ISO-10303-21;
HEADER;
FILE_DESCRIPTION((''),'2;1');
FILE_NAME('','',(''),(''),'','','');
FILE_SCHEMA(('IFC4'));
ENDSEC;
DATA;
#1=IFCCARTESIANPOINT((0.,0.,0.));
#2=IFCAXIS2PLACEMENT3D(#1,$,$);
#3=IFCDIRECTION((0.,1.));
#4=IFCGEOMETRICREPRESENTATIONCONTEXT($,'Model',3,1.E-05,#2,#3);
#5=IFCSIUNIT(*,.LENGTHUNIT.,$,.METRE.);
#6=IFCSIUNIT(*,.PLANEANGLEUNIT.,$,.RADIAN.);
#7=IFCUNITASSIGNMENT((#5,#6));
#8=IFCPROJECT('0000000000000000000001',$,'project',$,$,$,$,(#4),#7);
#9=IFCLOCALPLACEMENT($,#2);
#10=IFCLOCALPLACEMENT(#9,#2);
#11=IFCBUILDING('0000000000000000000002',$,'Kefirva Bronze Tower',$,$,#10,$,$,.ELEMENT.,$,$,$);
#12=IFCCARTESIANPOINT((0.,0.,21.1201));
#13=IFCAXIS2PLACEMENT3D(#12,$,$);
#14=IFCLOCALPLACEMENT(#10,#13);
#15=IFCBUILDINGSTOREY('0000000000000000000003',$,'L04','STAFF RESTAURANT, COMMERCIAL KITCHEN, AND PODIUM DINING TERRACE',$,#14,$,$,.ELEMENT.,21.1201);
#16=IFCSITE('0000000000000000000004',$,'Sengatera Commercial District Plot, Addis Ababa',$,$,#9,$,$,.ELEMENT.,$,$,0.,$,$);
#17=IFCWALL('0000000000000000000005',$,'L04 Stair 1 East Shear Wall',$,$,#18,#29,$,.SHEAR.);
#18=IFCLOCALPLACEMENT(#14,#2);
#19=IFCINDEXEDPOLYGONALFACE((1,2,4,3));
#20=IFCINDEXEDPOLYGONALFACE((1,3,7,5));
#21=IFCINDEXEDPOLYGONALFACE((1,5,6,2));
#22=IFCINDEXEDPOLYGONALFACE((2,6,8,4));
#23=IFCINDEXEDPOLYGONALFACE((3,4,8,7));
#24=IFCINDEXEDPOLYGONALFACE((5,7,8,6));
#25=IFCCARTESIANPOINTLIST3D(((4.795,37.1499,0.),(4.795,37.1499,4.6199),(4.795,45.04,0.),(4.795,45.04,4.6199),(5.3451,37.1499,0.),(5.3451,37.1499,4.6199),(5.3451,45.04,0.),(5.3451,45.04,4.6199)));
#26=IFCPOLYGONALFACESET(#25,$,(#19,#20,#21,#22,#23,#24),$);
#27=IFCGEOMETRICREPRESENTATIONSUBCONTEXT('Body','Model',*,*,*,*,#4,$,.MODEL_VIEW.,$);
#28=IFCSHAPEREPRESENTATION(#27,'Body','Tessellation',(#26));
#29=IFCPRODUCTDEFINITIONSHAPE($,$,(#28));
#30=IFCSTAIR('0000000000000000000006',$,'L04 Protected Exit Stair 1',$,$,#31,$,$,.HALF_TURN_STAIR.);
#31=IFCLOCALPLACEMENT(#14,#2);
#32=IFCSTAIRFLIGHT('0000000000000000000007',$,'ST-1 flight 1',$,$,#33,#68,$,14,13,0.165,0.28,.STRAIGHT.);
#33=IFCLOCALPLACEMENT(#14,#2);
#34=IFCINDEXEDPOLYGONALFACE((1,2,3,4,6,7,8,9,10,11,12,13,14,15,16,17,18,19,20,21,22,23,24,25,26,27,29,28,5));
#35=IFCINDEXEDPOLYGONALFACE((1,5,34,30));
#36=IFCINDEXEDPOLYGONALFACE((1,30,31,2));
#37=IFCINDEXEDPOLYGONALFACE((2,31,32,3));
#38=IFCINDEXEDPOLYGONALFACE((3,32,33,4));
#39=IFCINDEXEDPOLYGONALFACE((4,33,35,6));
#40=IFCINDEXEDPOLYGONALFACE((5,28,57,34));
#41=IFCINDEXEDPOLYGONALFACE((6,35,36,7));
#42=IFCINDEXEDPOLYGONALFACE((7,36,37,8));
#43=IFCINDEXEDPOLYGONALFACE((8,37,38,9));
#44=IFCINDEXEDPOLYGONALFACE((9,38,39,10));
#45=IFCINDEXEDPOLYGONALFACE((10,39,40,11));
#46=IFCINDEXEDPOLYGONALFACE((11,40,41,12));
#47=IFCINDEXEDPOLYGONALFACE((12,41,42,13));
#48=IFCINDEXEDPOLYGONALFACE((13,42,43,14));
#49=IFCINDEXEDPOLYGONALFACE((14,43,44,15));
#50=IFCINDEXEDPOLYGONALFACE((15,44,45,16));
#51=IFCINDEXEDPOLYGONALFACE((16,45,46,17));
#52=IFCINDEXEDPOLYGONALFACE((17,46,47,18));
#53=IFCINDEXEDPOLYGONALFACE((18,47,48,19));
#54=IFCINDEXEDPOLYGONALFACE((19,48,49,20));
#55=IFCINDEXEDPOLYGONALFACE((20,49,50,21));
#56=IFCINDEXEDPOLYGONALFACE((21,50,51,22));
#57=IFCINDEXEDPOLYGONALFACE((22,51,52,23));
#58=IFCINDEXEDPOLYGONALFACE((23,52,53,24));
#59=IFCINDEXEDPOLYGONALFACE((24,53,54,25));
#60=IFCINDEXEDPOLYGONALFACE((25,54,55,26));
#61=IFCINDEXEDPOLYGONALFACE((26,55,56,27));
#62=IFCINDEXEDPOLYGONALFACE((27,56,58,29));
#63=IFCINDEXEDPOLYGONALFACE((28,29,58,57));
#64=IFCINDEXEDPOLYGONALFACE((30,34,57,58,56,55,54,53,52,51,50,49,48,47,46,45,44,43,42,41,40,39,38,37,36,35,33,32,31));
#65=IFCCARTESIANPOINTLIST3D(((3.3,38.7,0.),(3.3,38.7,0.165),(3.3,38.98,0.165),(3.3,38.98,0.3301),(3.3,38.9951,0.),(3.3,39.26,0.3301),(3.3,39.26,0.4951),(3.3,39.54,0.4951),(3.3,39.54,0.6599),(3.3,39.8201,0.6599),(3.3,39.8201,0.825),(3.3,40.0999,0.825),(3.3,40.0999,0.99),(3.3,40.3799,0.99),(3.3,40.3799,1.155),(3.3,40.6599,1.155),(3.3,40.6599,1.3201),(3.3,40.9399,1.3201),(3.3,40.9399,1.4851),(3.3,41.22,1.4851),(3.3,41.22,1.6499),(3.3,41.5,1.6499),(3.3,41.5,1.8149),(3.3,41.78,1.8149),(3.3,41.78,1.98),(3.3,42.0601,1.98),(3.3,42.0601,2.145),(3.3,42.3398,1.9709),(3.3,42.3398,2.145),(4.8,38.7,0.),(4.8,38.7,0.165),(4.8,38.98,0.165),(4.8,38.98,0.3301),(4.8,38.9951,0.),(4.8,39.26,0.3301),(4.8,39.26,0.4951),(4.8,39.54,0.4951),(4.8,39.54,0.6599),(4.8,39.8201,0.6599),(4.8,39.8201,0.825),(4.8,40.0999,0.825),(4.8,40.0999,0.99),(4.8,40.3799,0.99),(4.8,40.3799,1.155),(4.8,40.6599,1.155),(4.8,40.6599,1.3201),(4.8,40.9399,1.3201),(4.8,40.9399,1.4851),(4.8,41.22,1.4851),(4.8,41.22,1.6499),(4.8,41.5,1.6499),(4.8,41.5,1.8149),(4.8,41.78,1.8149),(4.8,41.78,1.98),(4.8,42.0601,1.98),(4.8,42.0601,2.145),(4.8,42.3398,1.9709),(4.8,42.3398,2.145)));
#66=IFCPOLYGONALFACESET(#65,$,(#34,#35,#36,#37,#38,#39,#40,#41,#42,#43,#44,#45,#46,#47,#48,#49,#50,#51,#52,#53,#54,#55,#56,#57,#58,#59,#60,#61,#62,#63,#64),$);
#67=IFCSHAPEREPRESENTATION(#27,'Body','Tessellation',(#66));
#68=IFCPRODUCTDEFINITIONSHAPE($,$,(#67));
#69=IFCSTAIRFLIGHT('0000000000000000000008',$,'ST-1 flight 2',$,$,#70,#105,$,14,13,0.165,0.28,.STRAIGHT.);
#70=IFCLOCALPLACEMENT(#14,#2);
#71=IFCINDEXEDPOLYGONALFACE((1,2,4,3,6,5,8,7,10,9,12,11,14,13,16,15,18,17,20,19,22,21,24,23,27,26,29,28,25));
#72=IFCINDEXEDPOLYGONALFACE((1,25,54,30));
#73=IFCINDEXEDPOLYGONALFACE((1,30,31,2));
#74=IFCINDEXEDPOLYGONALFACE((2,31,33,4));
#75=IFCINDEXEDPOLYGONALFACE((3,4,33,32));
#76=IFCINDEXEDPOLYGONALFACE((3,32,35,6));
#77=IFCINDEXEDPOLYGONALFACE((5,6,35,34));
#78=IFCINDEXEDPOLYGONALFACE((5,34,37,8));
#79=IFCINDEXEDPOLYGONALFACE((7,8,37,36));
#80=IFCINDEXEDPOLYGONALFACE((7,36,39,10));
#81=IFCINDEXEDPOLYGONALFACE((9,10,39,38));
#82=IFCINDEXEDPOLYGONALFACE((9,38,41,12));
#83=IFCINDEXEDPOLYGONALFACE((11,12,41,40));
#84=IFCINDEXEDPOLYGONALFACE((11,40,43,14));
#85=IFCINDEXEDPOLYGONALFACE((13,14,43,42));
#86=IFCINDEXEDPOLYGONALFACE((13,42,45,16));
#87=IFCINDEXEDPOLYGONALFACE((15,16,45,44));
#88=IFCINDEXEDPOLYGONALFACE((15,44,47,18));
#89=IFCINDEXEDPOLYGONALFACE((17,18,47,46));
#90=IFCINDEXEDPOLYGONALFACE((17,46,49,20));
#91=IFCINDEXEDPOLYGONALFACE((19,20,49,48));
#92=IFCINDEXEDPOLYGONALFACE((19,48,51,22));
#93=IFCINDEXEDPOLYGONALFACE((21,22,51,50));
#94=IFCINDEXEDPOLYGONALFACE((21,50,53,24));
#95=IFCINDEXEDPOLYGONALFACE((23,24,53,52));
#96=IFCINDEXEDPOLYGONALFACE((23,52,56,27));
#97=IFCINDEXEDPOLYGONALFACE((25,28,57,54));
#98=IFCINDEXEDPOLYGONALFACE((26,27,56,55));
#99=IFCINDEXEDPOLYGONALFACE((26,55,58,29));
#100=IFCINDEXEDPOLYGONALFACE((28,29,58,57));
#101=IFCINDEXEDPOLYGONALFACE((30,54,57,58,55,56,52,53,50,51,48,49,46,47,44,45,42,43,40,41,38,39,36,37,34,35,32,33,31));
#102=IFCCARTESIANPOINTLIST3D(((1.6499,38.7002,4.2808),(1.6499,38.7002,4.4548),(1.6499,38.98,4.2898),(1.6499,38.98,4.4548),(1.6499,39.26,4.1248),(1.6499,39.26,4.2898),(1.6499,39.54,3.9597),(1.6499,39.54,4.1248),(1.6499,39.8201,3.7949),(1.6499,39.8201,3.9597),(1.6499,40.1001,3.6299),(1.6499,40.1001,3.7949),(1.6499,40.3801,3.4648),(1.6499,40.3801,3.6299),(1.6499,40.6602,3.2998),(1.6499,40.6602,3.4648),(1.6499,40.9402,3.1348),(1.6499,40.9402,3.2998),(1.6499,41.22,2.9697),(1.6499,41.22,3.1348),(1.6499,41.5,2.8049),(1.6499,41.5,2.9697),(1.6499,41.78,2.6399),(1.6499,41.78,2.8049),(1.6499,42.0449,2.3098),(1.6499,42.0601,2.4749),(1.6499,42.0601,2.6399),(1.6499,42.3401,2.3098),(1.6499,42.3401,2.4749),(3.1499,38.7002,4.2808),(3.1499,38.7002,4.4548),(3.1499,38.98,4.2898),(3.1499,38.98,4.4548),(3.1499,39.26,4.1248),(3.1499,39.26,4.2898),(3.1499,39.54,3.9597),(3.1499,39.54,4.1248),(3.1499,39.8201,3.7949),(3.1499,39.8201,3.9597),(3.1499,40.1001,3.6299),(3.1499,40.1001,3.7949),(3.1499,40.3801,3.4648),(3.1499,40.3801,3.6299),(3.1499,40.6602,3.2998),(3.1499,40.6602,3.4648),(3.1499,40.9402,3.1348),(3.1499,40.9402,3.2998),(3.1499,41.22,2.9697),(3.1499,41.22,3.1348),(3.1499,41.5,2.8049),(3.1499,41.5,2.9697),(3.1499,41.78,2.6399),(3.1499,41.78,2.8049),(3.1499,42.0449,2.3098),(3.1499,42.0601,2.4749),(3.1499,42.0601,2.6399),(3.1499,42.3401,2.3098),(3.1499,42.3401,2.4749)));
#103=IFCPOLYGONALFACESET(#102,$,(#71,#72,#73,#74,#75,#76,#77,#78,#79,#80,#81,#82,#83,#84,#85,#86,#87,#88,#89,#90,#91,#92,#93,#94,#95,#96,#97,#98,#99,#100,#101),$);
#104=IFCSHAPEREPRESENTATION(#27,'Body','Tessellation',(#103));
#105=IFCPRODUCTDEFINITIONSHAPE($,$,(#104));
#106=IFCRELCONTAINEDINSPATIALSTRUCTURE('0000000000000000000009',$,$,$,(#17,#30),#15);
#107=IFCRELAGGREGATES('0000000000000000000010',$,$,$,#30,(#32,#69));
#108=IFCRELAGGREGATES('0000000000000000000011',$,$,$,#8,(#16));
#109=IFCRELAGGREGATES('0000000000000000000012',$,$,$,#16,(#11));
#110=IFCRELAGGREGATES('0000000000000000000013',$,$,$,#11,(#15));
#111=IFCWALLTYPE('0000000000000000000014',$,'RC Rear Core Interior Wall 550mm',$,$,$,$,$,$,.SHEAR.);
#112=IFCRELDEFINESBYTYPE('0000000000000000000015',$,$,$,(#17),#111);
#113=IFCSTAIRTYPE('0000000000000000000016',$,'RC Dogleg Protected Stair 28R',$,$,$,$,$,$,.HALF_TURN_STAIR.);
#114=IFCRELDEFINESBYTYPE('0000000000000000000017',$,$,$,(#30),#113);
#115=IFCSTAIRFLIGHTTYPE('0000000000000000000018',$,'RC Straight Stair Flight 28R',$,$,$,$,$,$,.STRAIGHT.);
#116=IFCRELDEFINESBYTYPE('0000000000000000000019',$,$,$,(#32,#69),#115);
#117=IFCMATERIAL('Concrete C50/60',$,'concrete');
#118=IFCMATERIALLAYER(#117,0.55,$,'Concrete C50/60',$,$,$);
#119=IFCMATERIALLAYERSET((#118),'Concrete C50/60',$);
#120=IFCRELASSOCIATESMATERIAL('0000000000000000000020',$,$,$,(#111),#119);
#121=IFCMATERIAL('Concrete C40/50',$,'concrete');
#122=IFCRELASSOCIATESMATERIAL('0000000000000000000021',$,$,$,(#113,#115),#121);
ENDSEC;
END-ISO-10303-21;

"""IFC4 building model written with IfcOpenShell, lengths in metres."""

from ifc_helpers import new_model, si_unit, direction, frame, frame_2d, origin, place, context, subcontext, project, spatial, polyline, rectangle, outline, extrude, material, layer, layer_set, type_object, element, aggregate, save


model = new_model("IFC4")

# Units and contexts
model_context = context("Model", 3, precision=1e-05, world=origin(), true_north=direction((0.0, 1.0)))
body_context = subcontext(model_context, "Body", "Model", "MODEL_VIEW")
ifc_project = project(units=[si_unit("LENGTHUNIT", "METRE"), si_unit("PLANEANGLEUNIT", "RADIAN")], contexts=[model_context])

# Site, building, storey
site_placement = place(None, origin())
site = spatial("IfcSite", under=ifc_project, at=site_placement, Name="Sengatera Commercial District Plot, Addis Ababa", CompositionType="ELEMENT", RefElevation=0.0)
building_placement = place(site_placement, origin())
building = spatial("IfcBuilding", under=site, at=building_placement, Name="Kefirva Bronze Tower", CompositionType="ELEMENT")
storey_placement = place(building_placement, frame((0.0, 0.0, 21.1201)))
storey = spatial("IfcBuildingStorey", under=building, at=storey_placement, Name="L04", Description="STAFF RESTAURANT, COMMERCIAL KITCHEN, AND PODIUM DINING TERRACE", CompositionType="ELEMENT", Elevation=21.1201)

# Shared definitions
ifc_material_1 = material(Name="Concrete C50/60", Category="concrete")

# Wall
ifc_layer_1 = layer(ifc_material_1, 0.55, Name="Concrete C50/60")
ifc_layer_set_1 = layer_set([ifc_layer_1], Name="Concrete C50/60")
wall_type_1 = type_object("IfcWallType", Name="RC Rear Core Interior Wall 550mm", PredefinedType="SHEAR", material=ifc_layer_set_1)
for number, where, z_axis, x_axis, name in (
    (1, (5.0701, 37.1499, 0.0), (0.0, 0.0, 1.0), (0.0, 1.0, 0.0), "L04 Stair 1 East Shear Wall"),
):
    element("IfcWall", number, at=place(storey_placement, frame(where, z_axis=z_axis, x_axis=x_axis)), inside=storey, type_object=wall_type_1, Name=name, PredefinedType="SHEAR", context=body_context, shape_type="SweptSolid", body=[
        extrude(rectangle(XDim=7.8901, YDim=0.55, at=frame_2d((3.9451, 0.0))), origin(), (0.0, 0.0, 1.0), 4.6199),
    ])

# Stair, stair flights
ifc_material_2 = material(Name="Concrete C40/50", Category="concrete")
stair_type = type_object("IfcStairType", Name="RC Dogleg Protected Stair 28R", PredefinedType="HALF_TURN_STAIR", material=ifc_material_2)
stair_placement = place(storey_placement, origin())
stair = element("IfcStair", 2, at=stair_placement, inside=storey, type_object=stair_type, Name="L04 Protected Exit Stair 1", PredefinedType="HALF_TURN_STAIR")
stair_flight_type = type_object("IfcStairFlightType", Name="RC Straight Stair Flight 28R", PredefinedType="STRAIGHT", material=ifc_material_2)
stair_flight_1_placement = place(storey_placement, frame((4.05, 38.7, 0.0), z_axis=(0.0, 0.0, 1.0), x_axis=(0.0, 1.0, 0.0)))
stair_flight_1 = element("IfcStairFlight", 3, at=stair_flight_1_placement, type_object=stair_flight_type, Name="ST-1 flight 1", NumberOfRisers=14, NumberOfTreads=13, PredefinedType="STRAIGHT", RiserHeight=0.165, TreadLength=0.28, context=body_context, shape_type="SweptSolid", body=[
    extrude(outline(polyline([(0.0, 0.0), (0.0, 0.165), (0.28, 0.165), (0.28, 0.3301), (0.5601, 0.3301), (0.5601, 0.4951), (0.8401, 0.4951), (0.8401, 0.6599), (1.1201, 0.6599), (1.1201, 0.825), (1.3999, 0.825), (1.3999, 0.99), (1.6799, 0.99), (1.6799, 1.155), (1.96, 1.155), (1.96, 1.3201), (2.24, 1.3201), (2.24, 1.4851), (2.52, 1.4851), (2.52, 1.6499), (2.8, 1.6499), (2.8, 1.8149), (3.0801, 1.8149), (3.0801, 1.98), (3.3601, 1.98), (3.3601, 2.145), (3.6399, 2.145), (3.6399, 2.3101), (3.6399, 1.9709), (0.2952, 0.0), (0.0, 0.0)])), frame((0.0, 0.75, 0.0), z_axis=(0.0, -1.0, 0.0), x_axis=(1.0, 0.0, 0.0)), (0.0, 0.0, 1.0), 1.5),
])
stair_flight_2_placement = place(storey_placement, frame((2.3999, 42.3401, 2.3098), z_axis=(0.0, 0.0, 1.0), x_axis=(0.0, -1.0, 0.0)))
stair_flight_2 = element("IfcStairFlight", 4, at=stair_flight_2_placement, type_object=stair_flight_type, Name="ST-1 flight 2", NumberOfRisers=14, NumberOfTreads=13, PredefinedType="STRAIGHT", RiserHeight=0.165, TreadLength=0.28, context=body_context, shape_type="SweptSolid", body=[
    extrude(outline(polyline([(0.0, 0.0), (0.0, 0.165), (0.28, 0.165), (0.28, 0.3301), (0.5601, 0.3301), (0.5601, 0.4951), (0.8401, 0.4951), (0.8401, 0.6599), (1.1201, 0.6599), (1.1201, 0.825), (1.3999, 0.825), (1.3999, 0.99), (1.6799, 0.99), (1.6799, 1.155), (1.96, 1.155), (1.96, 1.3201), (2.24, 1.3201), (2.24, 1.4851), (2.52, 1.4851), (2.52, 1.6499), (2.8, 1.6499), (2.8, 1.8149), (3.0801, 1.8149), (3.0801, 1.98), (3.3601, 1.98), (3.3601, 2.145), (3.6399, 2.145), (3.6399, 2.3101), (3.6399, 1.9709), (0.2952, 0.0), (0.0, 0.0)])), frame((0.0, 0.75, 0.0), z_axis=(0.0, -1.0, 0.0), x_axis=(1.0, 0.0, 0.0)), (0.0, 0.0, 1.0), 1.5),
])
aggregate(stair, [stair_flight_1, stair_flight_2])

save(model, "model.ifc")
